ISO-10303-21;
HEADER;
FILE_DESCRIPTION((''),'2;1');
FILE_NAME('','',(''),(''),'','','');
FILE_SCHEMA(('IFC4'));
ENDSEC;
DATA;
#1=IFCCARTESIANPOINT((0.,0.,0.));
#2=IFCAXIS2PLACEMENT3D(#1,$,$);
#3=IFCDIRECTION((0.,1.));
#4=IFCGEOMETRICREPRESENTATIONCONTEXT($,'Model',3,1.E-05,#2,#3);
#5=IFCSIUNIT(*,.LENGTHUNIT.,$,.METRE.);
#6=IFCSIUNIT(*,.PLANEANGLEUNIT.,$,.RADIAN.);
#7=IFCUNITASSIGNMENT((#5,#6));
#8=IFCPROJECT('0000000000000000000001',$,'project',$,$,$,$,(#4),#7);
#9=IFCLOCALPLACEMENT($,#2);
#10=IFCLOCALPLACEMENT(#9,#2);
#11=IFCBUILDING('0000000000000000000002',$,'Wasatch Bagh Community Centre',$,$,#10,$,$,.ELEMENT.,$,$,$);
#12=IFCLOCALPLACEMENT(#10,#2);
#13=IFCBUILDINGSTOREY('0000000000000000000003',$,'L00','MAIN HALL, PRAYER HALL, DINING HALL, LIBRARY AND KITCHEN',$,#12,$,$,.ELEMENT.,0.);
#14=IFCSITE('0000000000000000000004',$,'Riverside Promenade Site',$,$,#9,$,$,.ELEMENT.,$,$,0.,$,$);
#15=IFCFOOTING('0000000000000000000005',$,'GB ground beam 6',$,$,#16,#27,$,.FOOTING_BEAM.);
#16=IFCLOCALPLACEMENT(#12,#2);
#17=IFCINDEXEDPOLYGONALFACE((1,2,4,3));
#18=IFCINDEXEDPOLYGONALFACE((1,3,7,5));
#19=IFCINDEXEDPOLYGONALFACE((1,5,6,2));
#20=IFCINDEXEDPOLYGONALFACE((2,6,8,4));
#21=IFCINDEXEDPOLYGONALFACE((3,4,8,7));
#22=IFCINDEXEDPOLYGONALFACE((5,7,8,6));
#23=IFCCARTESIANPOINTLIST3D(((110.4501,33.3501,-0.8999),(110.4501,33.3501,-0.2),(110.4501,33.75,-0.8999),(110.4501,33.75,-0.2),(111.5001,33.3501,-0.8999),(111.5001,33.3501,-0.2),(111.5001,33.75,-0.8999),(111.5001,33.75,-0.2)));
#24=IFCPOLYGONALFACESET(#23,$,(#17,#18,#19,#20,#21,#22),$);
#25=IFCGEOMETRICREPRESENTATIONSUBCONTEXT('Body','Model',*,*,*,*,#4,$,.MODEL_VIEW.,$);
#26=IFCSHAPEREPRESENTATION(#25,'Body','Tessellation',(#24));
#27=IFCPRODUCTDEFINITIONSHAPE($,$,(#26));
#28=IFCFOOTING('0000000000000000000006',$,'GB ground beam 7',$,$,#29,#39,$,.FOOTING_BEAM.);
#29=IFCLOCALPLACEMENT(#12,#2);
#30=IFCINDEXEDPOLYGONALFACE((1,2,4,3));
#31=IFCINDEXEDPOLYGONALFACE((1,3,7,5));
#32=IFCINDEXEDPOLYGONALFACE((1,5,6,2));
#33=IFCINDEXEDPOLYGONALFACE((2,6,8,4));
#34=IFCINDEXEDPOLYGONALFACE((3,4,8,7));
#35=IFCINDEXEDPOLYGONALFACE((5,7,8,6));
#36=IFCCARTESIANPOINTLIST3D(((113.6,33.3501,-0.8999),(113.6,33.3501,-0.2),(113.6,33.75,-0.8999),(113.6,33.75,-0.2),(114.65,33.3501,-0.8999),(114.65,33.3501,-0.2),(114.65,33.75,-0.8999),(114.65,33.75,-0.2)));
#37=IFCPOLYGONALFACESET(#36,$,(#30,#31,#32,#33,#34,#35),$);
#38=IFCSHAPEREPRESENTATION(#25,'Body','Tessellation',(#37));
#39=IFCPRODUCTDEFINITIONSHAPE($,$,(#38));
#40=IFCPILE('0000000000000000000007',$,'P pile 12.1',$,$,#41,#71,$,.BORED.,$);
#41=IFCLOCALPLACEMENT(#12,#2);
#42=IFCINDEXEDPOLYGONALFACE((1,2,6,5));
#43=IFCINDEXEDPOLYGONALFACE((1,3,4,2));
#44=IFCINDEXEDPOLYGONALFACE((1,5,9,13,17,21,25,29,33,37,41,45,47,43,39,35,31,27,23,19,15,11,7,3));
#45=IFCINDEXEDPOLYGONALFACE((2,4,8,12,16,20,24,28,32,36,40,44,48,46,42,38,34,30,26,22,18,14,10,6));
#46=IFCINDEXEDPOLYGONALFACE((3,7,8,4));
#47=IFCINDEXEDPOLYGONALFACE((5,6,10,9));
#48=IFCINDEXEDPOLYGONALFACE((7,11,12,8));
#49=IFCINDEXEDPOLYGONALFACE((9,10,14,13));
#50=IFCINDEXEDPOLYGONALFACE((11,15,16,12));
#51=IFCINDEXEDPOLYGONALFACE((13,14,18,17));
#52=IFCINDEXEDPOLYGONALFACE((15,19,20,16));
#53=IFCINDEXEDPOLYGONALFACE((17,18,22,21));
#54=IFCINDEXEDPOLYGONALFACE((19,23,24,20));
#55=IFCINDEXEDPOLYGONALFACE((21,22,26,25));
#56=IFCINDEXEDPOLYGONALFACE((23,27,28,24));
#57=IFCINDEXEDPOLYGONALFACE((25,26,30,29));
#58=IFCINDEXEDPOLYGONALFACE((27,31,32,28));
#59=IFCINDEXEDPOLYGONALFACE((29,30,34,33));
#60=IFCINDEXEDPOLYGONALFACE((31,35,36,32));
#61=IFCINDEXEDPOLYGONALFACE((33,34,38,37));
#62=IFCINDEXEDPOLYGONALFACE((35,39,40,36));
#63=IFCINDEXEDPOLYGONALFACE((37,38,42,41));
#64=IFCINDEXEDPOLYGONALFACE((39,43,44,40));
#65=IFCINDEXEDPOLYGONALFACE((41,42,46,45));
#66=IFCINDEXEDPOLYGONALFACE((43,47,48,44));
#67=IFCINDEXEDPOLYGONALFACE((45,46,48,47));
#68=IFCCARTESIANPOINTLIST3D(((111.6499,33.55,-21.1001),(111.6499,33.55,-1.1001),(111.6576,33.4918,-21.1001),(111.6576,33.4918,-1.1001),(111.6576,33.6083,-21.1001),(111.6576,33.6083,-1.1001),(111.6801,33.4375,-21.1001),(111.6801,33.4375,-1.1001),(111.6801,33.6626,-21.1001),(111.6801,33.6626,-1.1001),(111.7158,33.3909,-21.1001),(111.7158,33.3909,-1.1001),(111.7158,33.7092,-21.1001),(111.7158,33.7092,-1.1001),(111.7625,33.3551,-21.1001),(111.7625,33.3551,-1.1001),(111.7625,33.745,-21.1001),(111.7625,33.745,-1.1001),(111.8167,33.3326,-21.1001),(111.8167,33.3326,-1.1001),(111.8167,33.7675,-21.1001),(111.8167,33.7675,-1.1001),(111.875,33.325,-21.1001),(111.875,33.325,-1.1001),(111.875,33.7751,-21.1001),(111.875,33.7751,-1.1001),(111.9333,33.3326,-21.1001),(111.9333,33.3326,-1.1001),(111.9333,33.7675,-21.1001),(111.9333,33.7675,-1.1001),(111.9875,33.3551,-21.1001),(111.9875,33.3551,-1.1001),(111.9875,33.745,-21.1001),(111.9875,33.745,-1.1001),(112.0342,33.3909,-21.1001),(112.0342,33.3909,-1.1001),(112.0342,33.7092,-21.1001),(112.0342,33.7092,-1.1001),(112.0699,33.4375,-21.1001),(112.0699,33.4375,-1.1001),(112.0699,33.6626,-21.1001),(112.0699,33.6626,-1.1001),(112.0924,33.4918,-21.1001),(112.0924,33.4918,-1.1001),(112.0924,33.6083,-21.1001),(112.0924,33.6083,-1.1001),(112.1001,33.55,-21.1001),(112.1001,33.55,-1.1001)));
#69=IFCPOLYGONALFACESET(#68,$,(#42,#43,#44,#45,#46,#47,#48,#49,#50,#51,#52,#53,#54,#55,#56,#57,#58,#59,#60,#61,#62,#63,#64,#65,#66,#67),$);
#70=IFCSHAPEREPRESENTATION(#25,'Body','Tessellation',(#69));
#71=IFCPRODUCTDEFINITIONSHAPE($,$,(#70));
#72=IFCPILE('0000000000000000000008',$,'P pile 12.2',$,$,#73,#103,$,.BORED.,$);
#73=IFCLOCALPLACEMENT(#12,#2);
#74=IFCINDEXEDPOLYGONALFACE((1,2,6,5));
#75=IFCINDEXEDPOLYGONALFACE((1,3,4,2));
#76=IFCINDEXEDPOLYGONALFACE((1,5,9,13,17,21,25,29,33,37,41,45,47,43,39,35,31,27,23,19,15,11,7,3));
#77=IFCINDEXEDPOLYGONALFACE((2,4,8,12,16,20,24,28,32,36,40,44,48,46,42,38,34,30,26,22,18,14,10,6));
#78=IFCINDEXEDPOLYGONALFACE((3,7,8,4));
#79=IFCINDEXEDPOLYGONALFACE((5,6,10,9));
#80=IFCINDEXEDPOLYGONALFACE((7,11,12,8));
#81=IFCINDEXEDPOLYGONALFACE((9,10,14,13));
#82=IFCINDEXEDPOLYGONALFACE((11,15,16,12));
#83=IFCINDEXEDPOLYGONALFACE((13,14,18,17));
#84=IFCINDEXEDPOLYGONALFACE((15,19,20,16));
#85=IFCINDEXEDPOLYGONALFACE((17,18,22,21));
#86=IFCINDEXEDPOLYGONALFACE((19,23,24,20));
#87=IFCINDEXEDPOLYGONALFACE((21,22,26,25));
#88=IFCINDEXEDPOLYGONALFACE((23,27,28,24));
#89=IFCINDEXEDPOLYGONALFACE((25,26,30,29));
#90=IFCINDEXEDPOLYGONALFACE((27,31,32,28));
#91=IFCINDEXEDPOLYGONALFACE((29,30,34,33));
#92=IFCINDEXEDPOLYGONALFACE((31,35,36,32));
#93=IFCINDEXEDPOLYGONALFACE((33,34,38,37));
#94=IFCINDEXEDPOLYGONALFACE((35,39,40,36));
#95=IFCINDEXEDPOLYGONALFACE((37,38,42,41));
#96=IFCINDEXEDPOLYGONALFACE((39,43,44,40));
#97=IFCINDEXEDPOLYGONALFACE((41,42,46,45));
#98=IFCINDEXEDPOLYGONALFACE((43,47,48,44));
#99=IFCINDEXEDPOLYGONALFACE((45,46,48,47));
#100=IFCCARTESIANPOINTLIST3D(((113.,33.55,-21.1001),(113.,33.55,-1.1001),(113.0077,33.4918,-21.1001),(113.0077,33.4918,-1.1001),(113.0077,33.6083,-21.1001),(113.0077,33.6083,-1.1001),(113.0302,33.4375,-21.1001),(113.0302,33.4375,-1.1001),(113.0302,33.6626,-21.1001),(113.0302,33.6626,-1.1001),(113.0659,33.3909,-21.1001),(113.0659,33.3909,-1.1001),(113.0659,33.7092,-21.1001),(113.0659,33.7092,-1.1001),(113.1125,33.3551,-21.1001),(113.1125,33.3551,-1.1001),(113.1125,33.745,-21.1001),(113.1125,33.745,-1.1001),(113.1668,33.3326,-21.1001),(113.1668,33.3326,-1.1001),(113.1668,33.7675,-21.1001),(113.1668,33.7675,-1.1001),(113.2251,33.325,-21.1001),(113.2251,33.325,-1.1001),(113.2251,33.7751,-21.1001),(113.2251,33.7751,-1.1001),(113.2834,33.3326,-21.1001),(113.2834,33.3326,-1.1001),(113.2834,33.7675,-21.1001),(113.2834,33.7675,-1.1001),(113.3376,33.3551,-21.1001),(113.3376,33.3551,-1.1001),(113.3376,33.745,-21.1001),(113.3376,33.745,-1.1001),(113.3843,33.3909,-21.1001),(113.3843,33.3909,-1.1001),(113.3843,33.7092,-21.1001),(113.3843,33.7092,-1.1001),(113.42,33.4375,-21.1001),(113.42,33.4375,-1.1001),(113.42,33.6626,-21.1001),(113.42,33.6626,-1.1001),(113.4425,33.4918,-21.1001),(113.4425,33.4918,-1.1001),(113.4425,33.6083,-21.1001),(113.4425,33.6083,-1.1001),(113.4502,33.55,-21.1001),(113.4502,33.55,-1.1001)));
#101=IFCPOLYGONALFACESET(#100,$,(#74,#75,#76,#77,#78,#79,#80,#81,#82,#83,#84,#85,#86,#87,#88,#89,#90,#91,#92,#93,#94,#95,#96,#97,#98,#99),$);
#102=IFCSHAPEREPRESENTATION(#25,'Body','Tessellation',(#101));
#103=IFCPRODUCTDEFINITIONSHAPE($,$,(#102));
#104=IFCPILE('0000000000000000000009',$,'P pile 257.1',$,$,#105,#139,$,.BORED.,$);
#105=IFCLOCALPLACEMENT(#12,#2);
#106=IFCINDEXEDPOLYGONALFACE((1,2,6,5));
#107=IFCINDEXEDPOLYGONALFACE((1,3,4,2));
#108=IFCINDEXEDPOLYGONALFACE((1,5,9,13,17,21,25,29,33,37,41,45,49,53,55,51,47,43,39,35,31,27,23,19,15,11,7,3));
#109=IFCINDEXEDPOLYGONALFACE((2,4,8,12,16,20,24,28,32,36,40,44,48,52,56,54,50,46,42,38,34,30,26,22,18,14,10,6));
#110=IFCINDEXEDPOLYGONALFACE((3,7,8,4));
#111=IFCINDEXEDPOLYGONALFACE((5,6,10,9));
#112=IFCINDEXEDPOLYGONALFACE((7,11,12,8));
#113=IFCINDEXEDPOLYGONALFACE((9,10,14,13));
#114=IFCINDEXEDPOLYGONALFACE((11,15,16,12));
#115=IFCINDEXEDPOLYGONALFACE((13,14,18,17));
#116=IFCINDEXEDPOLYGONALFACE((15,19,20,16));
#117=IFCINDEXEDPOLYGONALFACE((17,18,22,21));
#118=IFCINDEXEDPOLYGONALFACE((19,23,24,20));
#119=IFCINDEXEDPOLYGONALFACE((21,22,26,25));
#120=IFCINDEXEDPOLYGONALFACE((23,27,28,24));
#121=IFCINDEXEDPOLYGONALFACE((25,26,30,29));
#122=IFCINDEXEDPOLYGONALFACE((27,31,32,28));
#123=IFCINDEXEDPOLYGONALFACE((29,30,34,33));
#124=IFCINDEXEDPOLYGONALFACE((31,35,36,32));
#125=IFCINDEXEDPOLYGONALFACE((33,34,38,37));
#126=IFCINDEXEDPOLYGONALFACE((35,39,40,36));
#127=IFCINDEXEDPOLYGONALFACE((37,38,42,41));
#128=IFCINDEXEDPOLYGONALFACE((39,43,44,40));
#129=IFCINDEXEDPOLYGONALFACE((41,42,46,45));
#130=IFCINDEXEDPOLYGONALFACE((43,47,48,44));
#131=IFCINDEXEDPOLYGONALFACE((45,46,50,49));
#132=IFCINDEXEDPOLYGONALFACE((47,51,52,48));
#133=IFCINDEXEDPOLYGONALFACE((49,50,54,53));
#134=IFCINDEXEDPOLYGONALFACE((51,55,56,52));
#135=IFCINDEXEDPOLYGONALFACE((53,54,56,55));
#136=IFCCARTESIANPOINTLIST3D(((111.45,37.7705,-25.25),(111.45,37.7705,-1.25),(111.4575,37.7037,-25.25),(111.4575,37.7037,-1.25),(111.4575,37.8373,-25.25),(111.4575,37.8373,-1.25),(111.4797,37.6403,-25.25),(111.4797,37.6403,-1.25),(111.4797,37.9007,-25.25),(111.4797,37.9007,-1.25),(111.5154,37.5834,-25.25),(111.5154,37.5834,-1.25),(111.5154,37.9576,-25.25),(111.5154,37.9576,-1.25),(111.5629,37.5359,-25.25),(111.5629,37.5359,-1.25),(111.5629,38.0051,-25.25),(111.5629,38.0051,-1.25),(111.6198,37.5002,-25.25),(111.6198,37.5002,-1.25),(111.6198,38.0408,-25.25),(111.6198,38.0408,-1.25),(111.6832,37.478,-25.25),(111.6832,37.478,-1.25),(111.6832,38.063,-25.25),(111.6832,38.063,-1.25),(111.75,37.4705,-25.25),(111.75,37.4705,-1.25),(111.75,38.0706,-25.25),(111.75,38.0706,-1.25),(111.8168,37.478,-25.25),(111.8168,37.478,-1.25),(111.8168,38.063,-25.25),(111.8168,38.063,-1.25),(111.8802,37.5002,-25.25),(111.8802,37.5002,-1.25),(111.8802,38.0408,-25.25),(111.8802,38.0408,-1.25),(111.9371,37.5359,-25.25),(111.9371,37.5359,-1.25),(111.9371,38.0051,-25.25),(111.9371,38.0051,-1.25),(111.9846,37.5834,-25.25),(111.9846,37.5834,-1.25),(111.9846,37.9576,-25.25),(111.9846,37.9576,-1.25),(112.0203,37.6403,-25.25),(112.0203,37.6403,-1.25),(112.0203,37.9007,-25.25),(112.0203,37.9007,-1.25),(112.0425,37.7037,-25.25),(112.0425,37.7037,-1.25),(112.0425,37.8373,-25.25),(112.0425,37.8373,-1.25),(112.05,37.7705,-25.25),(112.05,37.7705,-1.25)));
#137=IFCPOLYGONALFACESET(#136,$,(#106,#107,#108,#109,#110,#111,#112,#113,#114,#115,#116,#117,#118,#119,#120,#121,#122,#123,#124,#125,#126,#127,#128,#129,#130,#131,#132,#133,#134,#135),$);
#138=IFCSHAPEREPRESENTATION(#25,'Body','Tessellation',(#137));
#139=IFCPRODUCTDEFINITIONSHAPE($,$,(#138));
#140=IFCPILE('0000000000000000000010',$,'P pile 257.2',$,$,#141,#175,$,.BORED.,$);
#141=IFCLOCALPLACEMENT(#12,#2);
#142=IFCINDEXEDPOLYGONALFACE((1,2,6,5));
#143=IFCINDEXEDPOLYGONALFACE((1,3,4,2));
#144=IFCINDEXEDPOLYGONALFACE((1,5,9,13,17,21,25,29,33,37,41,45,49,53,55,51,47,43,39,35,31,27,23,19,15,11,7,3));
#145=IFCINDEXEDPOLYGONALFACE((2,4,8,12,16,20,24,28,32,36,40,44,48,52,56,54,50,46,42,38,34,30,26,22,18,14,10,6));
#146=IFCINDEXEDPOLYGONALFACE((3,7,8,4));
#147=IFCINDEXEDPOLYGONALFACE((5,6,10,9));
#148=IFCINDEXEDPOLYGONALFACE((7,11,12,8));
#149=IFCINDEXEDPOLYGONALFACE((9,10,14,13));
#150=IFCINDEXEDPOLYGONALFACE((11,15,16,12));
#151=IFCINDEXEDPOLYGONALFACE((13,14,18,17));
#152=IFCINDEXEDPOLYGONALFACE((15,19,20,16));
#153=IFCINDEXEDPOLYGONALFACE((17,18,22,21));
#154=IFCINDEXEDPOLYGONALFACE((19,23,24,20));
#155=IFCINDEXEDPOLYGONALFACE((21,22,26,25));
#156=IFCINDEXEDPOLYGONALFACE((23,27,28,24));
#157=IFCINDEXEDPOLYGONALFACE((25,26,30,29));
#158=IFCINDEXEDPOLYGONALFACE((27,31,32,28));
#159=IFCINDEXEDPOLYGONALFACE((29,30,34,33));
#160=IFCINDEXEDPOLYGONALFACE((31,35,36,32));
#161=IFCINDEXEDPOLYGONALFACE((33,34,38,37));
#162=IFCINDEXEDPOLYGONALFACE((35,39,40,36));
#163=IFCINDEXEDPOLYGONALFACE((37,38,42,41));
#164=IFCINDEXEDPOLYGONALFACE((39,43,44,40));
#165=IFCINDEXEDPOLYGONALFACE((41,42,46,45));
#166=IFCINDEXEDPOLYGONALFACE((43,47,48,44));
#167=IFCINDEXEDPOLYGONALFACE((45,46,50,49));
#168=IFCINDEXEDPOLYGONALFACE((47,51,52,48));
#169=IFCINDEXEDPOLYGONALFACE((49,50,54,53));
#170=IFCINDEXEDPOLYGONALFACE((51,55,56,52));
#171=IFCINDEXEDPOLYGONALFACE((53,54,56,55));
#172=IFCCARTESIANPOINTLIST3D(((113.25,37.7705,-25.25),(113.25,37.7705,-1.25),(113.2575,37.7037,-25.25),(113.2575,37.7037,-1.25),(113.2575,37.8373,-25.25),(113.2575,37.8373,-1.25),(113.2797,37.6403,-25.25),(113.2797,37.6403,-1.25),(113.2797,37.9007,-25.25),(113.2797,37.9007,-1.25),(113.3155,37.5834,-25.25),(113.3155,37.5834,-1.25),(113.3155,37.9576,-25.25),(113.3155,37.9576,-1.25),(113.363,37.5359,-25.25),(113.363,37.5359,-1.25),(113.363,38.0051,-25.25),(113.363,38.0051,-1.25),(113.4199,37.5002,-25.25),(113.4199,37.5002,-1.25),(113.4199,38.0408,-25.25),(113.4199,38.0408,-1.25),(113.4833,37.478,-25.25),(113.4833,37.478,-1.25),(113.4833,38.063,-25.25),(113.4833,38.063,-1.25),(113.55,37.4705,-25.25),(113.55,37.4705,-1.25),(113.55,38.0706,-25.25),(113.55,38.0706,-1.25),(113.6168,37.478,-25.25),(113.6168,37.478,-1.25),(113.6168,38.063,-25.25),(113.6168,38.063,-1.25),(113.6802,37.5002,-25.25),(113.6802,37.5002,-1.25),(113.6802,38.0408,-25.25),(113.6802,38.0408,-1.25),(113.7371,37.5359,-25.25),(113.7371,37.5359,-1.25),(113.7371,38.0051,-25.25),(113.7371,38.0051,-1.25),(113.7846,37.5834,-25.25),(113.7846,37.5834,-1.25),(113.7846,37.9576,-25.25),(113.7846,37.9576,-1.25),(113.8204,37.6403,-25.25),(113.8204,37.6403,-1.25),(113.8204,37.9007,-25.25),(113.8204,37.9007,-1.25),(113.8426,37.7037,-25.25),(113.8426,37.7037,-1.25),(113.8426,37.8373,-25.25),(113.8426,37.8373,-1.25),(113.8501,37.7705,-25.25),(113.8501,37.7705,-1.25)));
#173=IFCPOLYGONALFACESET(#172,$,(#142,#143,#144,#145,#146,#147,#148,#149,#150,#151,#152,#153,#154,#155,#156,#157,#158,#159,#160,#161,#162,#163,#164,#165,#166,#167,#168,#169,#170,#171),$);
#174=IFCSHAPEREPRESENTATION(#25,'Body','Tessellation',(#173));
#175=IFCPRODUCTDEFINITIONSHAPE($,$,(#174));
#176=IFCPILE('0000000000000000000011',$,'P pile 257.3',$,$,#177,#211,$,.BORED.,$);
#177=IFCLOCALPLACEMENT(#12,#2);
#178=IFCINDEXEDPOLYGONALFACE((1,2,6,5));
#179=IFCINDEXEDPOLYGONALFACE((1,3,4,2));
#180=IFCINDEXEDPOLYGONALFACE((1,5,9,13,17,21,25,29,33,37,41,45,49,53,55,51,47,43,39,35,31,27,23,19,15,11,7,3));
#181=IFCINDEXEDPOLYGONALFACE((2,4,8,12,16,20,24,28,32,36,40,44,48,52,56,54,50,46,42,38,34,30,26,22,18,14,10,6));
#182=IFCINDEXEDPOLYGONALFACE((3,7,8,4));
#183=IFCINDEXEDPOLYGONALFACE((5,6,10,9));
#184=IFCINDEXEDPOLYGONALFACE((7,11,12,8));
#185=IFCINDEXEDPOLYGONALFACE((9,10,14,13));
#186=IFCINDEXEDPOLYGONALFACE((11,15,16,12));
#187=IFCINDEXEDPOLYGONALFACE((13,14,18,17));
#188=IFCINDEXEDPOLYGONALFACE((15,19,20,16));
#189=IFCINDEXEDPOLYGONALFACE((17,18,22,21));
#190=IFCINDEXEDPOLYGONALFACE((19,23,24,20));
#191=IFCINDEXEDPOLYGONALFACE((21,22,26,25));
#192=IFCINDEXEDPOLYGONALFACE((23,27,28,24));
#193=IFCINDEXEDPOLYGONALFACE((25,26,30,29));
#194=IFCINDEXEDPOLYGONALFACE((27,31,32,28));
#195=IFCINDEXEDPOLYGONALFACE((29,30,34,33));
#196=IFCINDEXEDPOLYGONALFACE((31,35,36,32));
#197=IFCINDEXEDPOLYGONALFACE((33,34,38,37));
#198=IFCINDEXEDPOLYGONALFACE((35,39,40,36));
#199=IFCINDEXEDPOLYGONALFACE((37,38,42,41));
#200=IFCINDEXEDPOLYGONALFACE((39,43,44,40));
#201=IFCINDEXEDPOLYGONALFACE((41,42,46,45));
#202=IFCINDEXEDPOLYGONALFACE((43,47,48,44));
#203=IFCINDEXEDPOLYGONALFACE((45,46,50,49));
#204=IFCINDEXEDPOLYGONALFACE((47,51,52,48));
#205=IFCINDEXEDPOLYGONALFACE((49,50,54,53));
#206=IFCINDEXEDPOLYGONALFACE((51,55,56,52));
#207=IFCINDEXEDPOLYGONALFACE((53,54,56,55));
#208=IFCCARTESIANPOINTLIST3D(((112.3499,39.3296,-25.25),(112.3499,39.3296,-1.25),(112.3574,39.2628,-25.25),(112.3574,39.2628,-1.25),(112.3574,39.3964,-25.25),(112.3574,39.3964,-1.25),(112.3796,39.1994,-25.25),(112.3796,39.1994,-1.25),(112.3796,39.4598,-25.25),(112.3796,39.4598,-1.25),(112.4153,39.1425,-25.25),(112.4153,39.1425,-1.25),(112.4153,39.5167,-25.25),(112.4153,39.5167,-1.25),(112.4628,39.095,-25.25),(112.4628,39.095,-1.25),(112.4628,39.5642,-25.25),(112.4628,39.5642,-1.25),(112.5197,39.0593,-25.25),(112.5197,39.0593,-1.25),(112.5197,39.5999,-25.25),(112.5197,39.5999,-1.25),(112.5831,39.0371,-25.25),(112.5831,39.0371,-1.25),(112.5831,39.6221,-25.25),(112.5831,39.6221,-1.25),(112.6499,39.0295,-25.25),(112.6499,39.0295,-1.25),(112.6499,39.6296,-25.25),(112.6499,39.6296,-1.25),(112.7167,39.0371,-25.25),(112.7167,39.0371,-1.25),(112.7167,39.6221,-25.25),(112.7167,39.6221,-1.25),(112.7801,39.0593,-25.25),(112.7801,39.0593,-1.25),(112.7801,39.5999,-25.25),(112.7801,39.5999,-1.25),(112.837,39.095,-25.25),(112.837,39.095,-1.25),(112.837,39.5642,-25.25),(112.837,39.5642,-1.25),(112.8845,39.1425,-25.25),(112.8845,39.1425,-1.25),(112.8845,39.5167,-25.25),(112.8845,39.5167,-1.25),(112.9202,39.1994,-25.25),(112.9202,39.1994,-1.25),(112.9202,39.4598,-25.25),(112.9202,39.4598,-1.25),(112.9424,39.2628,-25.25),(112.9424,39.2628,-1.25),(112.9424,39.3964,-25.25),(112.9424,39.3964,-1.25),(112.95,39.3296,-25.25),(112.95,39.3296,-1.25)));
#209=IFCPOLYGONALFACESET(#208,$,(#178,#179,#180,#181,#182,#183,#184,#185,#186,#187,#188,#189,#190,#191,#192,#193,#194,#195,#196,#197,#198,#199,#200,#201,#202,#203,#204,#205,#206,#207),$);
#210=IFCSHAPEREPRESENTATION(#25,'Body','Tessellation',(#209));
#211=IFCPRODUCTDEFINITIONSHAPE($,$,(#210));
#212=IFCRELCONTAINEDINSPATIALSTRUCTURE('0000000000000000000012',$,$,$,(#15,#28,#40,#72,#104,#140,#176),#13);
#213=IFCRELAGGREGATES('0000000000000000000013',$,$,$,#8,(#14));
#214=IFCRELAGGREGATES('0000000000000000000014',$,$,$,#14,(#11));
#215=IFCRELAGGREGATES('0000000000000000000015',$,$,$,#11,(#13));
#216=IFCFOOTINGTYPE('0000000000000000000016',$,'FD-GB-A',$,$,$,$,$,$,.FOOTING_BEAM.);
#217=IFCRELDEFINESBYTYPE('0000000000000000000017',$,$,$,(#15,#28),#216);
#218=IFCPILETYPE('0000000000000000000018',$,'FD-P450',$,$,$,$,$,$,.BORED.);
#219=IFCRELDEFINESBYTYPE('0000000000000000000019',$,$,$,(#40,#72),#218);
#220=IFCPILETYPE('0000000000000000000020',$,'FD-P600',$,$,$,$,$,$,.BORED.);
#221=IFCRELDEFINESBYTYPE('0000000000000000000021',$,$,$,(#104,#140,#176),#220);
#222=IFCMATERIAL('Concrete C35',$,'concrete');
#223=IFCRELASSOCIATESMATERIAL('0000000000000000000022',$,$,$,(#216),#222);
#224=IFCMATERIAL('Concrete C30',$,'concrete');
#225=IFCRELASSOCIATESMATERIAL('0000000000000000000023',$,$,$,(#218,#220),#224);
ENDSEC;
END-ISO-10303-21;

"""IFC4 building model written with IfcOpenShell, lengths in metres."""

from ifc_helpers import new_model, si_unit, direction, frame, origin, origin_2d, place, context, subcontext, project, spatial, rectangle, circle, extrude, material, material_profile, profile_set, type_object, element, save


model = new_model("IFC4")

# Units and contexts
model_context = context("Model", 3, precision=1e-05, world=origin(), true_north=direction((0.0, 1.0)))
body_context = subcontext(model_context, "Body", "Model", "MODEL_VIEW")
ifc_project = project(units=[si_unit("LENGTHUNIT", "METRE"), si_unit("PLANEANGLEUNIT", "RADIAN")], contexts=[model_context])

# Site, building, storey
site_placement = place(None, origin())
site = spatial("IfcSite", under=ifc_project, at=site_placement, Name="Riverside Promenade Site", CompositionType="ELEMENT", RefElevation=0.0)
building_placement = place(site_placement, origin())
building = spatial("IfcBuilding", under=site, at=building_placement, Name="Wasatch Bagh Community Centre", CompositionType="ELEMENT")
storey_placement = place(building_placement, origin())
storey = spatial("IfcBuildingStorey", under=building, at=storey_placement, Name="L00", Description="MAIN HALL, PRAYER HALL, DINING HALL, LIBRARY AND KITCHEN", CompositionType="ELEMENT", Elevation=0.0)

# Footings
ifc_material_1 = material(Name="Concrete C35", Category="concrete")
footing_type_1 = type_object("IfcFootingType", Name="FD-GB-A", PredefinedType="FOOTING_BEAM", material=ifc_material_1)
for number, where, z_axis, x_axis, name in (
    (1, (110.9751, 33.55, -0.8999), (0.0, 0.0, 1.0), (1.0, 0.0, 0.0), "GB ground beam 6"),
    (2, (114.125, 33.55, -0.8999), (0.0, 0.0, 1.0), (1.0, 0.0, 0.0), "GB ground beam 7"),
):
    element("IfcFooting", number, at=place(storey_placement, frame(where, z_axis=z_axis, x_axis=x_axis)), inside=storey, type_object=footing_type_1, Name=name, PredefinedType="FOOTING_BEAM", context=body_context, shape_type="SweptSolid", body=[
        extrude(rectangle(XDim=1.05, YDim=0.3999, at=origin_2d()), origin(), (0.0, 0.0, 1.0), 0.7),
    ])

# Piles
ifc_material_2 = material(Name="Concrete C30", Category="concrete")
ifc_material_profile_1 = material_profile(ifc_material_2, circle(Radius=0.2251, at=origin_2d()), Name="RC D450")
ifc_profile_set_1 = profile_set([ifc_material_profile_1], Name="Concrete C30")
pile_type_1 = type_object("IfcPileType", Name="FD-P450", PredefinedType="BORED", material=ifc_profile_set_1)
for number, where, z_axis, x_axis, name in (
    (3, (111.875, 33.55, -1.1001), (0.0, 0.0, -1.0), (1.0, 0.0, 0.0), "P pile 12.1"),
    (4, (113.2251, 33.55, -1.1001), (0.0, 0.0, -1.0), (1.0, 0.0, 0.0), "P pile 12.2"),
):
    element("IfcPile", number, at=place(storey_placement, frame(where, z_axis=z_axis, x_axis=x_axis)), inside=storey, type_object=pile_type_1, Name=name, PredefinedType="BORED", context=body_context, shape_type="SweptSolid", body=[
        extrude(circle(Radius=0.2251, at=origin_2d()), origin(), (0.0, 0.0, 1.0), 20.0),
    ])
ifc_material_profile_2 = material_profile(ifc_material_2, circle(Radius=0.3, at=origin_2d()), Name="RC D600")
ifc_profile_set_2 = profile_set([ifc_material_profile_2], Name="Concrete C30")
pile_type_2 = type_object("IfcPileType", Name="FD-P600", PredefinedType="BORED", material=ifc_profile_set_2)
for number, where, z_axis, x_axis, name in (
    (5, (111.75, 37.7705, -1.25), (0.0, 0.0, -1.0), (1.0, 0.0, 0.0), "P pile 257.1"),
    (6, (113.55, 37.7705, -1.25), (0.0, 0.0, -1.0), (1.0, 0.0, 0.0), "P pile 257.2"),
    (7, (112.6499, 39.3296, -1.25), (0.0, 0.0, -1.0), (1.0, 0.0, 0.0), "P pile 257.3"),
):
    element("IfcPile", number, at=place(storey_placement, frame(where, z_axis=z_axis, x_axis=x_axis)), inside=storey, type_object=pile_type_2, Name=name, PredefinedType="BORED", context=body_context, shape_type="SweptSolid", body=[
        extrude(circle(Radius=0.3, at=origin_2d()), origin(), (0.0, 0.0, 1.0), 24.0),
    ])

save(model, "model.ifc")
